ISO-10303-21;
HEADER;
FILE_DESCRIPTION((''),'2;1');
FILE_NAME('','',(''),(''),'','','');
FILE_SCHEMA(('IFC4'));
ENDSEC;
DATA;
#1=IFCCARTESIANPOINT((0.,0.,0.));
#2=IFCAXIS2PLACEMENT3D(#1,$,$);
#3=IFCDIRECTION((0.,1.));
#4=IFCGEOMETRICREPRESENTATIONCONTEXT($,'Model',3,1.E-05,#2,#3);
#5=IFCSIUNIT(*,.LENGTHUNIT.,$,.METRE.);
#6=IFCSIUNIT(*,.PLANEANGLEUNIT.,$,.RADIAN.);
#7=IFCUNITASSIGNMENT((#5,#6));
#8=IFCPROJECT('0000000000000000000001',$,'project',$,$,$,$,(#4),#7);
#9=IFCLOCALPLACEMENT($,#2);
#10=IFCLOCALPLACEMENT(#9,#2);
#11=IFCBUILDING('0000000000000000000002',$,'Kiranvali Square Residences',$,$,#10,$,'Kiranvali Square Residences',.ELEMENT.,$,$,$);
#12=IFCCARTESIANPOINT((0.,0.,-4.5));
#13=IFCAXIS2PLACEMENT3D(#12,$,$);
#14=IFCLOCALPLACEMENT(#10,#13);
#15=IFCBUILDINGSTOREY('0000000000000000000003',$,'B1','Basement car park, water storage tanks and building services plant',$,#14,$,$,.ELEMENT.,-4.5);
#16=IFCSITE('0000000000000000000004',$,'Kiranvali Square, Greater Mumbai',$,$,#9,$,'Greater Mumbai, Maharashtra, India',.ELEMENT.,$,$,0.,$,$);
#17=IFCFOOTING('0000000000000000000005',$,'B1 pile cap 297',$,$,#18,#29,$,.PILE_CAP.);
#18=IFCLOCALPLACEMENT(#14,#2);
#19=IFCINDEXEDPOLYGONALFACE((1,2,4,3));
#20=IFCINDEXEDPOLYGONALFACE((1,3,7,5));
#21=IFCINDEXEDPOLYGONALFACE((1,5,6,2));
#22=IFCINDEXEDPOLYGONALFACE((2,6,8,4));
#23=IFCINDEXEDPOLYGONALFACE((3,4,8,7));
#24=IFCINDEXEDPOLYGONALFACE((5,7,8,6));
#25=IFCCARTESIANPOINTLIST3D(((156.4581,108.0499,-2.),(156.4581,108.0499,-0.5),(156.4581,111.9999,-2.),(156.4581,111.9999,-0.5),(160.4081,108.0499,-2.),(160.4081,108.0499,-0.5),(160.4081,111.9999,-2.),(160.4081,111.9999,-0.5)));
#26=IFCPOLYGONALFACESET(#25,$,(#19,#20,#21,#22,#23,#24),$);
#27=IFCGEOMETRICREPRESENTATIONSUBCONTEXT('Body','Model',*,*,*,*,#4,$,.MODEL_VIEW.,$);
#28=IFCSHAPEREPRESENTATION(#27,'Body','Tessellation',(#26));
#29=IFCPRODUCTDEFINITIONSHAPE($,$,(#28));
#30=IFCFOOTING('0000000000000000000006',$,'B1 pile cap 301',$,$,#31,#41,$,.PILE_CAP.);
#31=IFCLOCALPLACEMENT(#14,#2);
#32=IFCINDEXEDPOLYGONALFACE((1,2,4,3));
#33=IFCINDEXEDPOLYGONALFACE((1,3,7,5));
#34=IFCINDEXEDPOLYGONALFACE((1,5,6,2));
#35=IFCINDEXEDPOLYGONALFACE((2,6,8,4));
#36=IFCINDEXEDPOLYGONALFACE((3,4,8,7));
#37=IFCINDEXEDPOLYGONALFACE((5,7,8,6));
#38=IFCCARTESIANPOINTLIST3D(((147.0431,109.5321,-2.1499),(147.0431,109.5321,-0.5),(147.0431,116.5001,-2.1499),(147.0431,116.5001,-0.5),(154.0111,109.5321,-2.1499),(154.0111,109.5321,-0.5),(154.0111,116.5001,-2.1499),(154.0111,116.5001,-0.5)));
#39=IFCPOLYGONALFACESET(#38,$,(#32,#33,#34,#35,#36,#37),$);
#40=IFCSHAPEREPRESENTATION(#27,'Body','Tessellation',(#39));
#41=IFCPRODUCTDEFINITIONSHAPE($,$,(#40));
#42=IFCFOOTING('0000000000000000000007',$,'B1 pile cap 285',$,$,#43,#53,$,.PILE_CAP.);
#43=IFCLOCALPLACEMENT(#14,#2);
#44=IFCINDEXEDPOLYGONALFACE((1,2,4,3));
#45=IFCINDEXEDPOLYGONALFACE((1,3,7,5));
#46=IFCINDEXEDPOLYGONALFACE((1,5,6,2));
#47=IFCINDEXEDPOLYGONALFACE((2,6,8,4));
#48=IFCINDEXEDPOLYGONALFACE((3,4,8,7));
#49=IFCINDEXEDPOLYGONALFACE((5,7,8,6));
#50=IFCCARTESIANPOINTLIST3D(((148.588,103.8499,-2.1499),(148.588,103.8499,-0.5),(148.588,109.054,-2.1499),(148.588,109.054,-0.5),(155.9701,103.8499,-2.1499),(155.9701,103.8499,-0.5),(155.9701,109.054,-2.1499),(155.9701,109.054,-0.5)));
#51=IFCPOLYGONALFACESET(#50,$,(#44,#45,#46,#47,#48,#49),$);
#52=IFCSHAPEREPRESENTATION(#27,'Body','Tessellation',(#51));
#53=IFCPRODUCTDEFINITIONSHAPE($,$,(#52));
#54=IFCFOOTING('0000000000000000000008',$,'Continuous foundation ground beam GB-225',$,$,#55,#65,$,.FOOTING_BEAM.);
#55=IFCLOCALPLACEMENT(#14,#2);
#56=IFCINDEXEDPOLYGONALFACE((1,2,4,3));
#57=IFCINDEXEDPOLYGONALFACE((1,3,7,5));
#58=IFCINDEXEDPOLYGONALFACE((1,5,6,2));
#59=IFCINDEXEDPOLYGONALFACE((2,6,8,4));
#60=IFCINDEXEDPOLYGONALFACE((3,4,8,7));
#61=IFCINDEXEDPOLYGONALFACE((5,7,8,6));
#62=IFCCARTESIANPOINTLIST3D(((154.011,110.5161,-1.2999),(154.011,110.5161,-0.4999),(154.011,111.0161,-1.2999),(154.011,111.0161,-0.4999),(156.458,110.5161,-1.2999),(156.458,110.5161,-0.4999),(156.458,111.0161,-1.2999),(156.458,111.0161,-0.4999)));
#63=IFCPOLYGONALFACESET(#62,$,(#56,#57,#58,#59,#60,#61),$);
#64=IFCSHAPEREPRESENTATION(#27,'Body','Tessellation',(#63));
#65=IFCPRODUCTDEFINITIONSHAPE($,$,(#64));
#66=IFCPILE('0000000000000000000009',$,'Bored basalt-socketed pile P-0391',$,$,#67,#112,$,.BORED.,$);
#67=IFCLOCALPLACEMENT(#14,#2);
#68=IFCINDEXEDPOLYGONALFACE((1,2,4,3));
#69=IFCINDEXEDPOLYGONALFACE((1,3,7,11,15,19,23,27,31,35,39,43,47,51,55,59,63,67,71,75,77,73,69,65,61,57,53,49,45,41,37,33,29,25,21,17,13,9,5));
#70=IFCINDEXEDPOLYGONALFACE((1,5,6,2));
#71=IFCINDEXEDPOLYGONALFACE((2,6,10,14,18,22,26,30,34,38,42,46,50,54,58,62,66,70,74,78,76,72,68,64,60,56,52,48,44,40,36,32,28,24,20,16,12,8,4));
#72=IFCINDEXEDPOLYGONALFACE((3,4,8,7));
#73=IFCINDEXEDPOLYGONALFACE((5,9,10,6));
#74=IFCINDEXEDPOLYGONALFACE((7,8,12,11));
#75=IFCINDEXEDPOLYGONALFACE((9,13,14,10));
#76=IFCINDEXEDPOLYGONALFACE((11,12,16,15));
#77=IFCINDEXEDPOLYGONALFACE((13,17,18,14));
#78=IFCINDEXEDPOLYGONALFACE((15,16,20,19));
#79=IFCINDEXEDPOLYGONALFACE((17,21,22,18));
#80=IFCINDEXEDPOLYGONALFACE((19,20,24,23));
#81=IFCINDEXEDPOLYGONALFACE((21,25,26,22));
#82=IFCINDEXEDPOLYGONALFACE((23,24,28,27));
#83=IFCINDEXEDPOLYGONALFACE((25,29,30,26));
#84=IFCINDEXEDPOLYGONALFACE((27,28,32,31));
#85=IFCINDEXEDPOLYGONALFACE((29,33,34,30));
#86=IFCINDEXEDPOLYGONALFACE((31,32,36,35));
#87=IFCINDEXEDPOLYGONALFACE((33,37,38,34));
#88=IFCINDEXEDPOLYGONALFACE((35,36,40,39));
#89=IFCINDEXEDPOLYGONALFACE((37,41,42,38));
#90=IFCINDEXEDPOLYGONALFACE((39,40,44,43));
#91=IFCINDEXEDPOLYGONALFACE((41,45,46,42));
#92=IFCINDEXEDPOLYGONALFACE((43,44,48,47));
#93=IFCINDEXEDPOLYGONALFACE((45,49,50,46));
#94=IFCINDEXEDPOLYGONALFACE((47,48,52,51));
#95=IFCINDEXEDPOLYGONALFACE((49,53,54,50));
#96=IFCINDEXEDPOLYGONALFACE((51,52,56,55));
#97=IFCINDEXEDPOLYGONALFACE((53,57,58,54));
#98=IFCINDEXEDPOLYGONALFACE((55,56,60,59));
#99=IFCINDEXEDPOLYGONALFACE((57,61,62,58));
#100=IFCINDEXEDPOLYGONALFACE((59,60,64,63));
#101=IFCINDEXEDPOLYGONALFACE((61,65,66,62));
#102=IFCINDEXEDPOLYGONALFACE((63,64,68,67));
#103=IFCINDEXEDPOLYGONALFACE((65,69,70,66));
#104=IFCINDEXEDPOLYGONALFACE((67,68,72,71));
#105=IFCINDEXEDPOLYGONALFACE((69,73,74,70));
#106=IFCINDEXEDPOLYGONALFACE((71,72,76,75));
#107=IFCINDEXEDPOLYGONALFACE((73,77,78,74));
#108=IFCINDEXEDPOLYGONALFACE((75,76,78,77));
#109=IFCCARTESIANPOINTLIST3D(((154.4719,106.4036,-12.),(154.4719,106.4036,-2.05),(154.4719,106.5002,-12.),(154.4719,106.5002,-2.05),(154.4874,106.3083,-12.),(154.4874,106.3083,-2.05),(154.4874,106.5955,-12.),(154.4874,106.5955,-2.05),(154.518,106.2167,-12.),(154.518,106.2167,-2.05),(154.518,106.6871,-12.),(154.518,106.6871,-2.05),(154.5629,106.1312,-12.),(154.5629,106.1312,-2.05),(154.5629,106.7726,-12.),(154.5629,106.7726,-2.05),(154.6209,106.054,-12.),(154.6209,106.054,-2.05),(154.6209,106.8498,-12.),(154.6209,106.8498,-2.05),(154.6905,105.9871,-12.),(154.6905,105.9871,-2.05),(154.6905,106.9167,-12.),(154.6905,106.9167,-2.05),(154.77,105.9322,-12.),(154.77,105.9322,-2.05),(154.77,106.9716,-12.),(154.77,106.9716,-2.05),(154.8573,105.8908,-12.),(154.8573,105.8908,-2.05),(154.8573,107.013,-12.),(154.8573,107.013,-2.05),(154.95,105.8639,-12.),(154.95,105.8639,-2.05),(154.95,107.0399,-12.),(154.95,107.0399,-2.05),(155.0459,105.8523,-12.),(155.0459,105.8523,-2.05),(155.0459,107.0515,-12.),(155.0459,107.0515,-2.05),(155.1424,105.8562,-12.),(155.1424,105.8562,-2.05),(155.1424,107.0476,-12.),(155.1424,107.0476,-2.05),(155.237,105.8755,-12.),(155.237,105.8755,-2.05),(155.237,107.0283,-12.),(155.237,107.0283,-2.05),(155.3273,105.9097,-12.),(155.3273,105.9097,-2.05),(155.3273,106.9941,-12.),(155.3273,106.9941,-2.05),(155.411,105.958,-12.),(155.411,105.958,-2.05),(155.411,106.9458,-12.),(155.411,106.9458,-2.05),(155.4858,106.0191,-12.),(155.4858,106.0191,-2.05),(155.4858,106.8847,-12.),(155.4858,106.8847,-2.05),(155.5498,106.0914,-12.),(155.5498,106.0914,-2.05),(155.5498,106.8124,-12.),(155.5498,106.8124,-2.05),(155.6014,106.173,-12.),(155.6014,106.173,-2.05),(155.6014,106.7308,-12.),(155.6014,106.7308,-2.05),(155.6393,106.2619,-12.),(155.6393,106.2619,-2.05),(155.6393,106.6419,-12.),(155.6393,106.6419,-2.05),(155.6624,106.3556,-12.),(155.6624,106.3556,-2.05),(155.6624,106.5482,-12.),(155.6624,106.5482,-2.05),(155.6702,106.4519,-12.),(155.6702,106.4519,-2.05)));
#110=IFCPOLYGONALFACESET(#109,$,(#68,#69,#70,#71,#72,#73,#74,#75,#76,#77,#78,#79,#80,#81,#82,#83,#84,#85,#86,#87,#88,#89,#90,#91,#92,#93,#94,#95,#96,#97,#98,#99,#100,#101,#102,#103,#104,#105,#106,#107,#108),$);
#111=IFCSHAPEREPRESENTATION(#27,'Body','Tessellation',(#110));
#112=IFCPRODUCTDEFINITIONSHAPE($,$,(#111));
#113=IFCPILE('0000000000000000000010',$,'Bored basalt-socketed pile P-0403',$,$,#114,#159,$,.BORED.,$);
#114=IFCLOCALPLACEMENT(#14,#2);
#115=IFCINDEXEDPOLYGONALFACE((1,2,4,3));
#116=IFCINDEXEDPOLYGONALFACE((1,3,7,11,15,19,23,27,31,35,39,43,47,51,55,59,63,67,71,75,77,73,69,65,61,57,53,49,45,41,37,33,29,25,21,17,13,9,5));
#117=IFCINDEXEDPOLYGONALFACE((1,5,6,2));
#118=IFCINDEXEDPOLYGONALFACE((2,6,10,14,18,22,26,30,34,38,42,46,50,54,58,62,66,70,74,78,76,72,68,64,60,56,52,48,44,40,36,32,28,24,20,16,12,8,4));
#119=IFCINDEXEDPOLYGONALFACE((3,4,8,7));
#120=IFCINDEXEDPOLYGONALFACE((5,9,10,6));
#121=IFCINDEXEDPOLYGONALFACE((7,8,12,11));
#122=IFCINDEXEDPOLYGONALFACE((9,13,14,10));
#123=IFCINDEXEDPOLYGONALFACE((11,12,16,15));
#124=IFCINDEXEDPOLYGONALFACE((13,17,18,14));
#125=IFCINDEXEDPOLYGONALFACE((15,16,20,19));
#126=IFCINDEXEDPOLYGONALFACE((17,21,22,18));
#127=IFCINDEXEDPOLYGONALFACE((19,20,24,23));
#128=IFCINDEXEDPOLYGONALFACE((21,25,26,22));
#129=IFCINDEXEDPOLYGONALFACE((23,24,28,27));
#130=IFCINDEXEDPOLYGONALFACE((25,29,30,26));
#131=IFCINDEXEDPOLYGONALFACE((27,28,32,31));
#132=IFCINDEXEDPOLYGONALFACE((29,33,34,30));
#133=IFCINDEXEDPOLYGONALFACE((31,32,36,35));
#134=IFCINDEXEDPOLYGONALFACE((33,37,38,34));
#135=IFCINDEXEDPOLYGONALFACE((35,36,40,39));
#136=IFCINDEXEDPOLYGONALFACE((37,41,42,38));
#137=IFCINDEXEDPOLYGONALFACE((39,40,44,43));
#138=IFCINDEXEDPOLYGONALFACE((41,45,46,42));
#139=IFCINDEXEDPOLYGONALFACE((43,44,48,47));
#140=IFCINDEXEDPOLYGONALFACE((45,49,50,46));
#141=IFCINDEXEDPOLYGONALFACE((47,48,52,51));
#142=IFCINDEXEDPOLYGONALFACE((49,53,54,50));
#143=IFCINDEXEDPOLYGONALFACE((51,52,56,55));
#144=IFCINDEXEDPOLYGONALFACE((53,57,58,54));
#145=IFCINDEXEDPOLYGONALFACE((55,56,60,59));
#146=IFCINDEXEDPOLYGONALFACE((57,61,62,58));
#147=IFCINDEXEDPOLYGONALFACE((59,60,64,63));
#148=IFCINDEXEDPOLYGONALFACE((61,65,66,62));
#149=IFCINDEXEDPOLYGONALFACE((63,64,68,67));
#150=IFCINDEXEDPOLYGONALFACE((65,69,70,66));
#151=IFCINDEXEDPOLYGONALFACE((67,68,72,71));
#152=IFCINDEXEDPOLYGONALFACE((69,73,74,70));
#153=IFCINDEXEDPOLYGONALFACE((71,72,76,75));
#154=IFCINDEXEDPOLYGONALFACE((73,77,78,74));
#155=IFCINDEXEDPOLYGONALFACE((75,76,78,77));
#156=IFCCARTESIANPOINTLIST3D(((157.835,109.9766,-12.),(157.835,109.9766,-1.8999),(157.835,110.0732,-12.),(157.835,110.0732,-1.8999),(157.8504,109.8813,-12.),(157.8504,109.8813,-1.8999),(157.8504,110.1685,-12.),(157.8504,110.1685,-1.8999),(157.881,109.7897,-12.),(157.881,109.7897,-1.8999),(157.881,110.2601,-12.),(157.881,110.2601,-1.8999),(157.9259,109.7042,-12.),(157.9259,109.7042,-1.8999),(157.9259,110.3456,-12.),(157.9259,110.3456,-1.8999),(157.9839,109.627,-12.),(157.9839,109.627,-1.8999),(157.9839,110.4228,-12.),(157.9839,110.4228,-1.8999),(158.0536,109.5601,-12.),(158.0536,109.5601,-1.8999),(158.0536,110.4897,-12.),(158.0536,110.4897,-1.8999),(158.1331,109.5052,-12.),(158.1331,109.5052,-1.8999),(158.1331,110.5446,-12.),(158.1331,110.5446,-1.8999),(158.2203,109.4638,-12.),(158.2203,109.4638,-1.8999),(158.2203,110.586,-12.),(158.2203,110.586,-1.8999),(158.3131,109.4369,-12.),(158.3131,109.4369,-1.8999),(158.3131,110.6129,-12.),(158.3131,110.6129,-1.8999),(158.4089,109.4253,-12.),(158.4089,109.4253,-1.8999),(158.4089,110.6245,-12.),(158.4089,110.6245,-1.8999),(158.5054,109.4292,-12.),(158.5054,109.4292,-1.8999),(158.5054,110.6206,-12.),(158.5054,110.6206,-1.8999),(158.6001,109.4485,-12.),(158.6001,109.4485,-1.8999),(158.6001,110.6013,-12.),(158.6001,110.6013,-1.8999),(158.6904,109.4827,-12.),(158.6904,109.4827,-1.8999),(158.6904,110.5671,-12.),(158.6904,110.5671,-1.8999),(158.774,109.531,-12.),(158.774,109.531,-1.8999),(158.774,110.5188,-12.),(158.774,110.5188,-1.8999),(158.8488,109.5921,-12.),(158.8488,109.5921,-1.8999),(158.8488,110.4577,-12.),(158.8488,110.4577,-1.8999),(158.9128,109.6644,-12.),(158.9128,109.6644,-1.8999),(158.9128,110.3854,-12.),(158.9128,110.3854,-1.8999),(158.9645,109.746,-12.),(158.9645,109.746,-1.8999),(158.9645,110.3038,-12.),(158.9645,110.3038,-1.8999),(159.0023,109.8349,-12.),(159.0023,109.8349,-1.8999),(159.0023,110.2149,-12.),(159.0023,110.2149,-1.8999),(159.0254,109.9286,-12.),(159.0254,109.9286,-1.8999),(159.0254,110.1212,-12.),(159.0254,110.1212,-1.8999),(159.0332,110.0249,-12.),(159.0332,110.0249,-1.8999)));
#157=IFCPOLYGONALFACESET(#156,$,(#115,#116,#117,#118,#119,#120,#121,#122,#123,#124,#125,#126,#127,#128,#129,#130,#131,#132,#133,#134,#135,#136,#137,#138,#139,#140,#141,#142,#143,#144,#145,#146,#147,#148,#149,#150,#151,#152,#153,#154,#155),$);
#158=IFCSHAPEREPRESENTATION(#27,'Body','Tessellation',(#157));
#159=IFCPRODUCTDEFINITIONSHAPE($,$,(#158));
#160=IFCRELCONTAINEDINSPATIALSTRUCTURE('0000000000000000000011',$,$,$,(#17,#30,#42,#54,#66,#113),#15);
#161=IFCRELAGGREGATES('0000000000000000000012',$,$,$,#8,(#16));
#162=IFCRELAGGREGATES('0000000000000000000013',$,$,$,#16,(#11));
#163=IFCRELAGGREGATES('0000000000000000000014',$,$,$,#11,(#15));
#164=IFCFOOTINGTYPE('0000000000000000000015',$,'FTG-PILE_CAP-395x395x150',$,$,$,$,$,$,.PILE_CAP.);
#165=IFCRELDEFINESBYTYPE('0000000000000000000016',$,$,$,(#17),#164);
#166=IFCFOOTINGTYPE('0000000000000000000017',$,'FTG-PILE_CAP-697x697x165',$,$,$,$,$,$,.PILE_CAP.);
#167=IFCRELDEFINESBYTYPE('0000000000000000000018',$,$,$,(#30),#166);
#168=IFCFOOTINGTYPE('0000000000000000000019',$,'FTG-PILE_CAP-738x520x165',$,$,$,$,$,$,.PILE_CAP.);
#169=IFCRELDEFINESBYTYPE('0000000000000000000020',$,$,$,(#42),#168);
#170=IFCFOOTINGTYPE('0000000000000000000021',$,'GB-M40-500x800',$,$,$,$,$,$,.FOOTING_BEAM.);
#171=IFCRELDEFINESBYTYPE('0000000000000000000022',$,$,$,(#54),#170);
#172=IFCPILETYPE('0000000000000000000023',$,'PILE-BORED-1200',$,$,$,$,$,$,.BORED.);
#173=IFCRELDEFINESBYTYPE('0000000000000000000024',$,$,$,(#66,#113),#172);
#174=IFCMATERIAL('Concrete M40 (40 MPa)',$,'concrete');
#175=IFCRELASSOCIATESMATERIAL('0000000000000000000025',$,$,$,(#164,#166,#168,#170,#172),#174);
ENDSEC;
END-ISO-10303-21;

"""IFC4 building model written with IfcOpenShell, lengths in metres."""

from ifc_helpers import new_model, si_unit, direction, frame, origin, origin_2d, place, context, subcontext, project, spatial, rectangle, circle, extrude, material, material_profile, profile_set, type_object, element, save


model = new_model("IFC4")

# Units and contexts
model_context = context("Model", 3, precision=1e-05, world=origin(), true_north=direction((0.0, 1.0)))
body_context = subcontext(model_context, "Body", "Model", "MODEL_VIEW")
ifc_project = project(units=[si_unit("LENGTHUNIT", "METRE"), si_unit("PLANEANGLEUNIT", "RADIAN")], contexts=[model_context])

# Site, building, storey
site_placement = place(None, origin())
site = spatial("IfcSite", under=ifc_project, at=site_placement, Name="Kiranvali Square, Greater Mumbai", LongName="Greater Mumbai, Maharashtra, India", CompositionType="ELEMENT", RefElevation=0.0)
building_placement = place(site_placement, origin())
building = spatial("IfcBuilding", under=site, at=building_placement, Name="Kiranvali Square Residences", LongName="Kiranvali Square Residences", CompositionType="ELEMENT")
storey_placement = place(building_placement, frame((0.0, 0.0, -4.5)))
storey = spatial("IfcBuildingStorey", under=building, at=storey_placement, Name="B1", Description="Basement car park, water storage tanks and building services plant", CompositionType="ELEMENT", Elevation=-4.5)

# Footings
ifc_material_1 = material(Name="Concrete M40 (40 MPa)", Category="concrete")
footing_type_1 = type_object("IfcFootingType", Name="FTG-PILE_CAP-395x395x150", PredefinedType="PILE_CAP", material=ifc_material_1)
footing_1_placement = place(storey_placement, frame((158.4331, 110.0249, -2.0), z_axis=(0.0, 0.0, 1.0), x_axis=(1.0, 0.0, 0.0)))
element("IfcFooting", 1, at=footing_1_placement, inside=storey, type_object=footing_type_1, Name="B1 pile cap 297", PredefinedType="PILE_CAP", context=body_context, shape_type="SweptSolid", body=[
    extrude(rectangle(XDim=3.95, YDim=3.95, at=origin_2d()), origin(), (0.0, 0.0, 1.0), 1.5),
])
footing_type_2 = type_object("IfcFootingType", Name="FTG-PILE_CAP-697x697x165", PredefinedType="PILE_CAP", material=ifc_material_1)
footing_2_placement = place(storey_placement, frame((150.5271, 113.0161, -2.1499), z_axis=(0.0, 0.0, 1.0), x_axis=(1.0, 0.0, 0.0)))
element("IfcFooting", 2, at=footing_2_placement, inside=storey, type_object=footing_type_2, Name="B1 pile cap 301", PredefinedType="PILE_CAP", context=body_context, shape_type="SweptSolid", body=[
    extrude(rectangle(XDim=6.968, YDim=6.968, at=origin_2d()), origin(), (0.0, 0.0, 1.0), 1.6499),
])
footing_type_3 = type_object("IfcFootingType", Name="FTG-PILE_CAP-738x520x165", PredefinedType="PILE_CAP", material=ifc_material_1)
footing_3_placement = place(storey_placement, frame((152.2791, 106.4519, -2.1499), z_axis=(0.0, 0.0, 1.0), x_axis=(1.0, 0.0, 0.0)))
element("IfcFooting", 3, at=footing_3_placement, inside=storey, type_object=footing_type_3, Name="B1 pile cap 285", PredefinedType="PILE_CAP", context=body_context, shape_type="SweptSolid", body=[
    extrude(rectangle(XDim=7.3821, YDim=5.2041, at=origin_2d()), origin(), (0.0, 0.0, 1.0), 1.6499),
])
ifc_material_profile_1 = material_profile(ifc_material_1, rectangle(XDim=0.5, YDim=0.8, at=origin_2d()), Name="GB 500x800")
ifc_profile_set_1 = profile_set([ifc_material_profile_1], Name="Concrete M40 (40 MPa)")
footing_type_4 = type_object("IfcFootingType", Name="GB-M40-500x800", PredefinedType="FOOTING_BEAM", material=ifc_profile_set_1)
footing_4_placement = place(storey_placement, frame((154.011, 110.7661, -0.8999), z_axis=(1.0, 0.0, 0.0), x_axis=(0.0, 1.0, 0.0)))
element("IfcFooting", 4, at=footing_4_placement, inside=storey, type_object=footing_type_4, Name="Continuous foundation ground beam GB-225", PredefinedType="FOOTING_BEAM", context=body_context, shape_type="SweptSolid", body=[
    extrude(rectangle(XDim=0.5, YDim=0.8, at=origin_2d()), origin(), (0.0, 0.0, 1.0), 2.447),
])

# Piles
ifc_material_profile_2 = material_profile(ifc_material_1, circle(Radius=0.6001, at=origin_2d()), Name="BORED PILE 1200")
ifc_profile_set_2 = profile_set([ifc_material_profile_2], Name="Concrete M40 (40 MPa)")
pile_type = type_object("IfcPileType", Name="PILE-BORED-1200", PredefinedType="BORED", material=ifc_profile_set_2)
pile_1_placement = place(storey_placement, frame((155.0701, 106.4519, -2.05), z_axis=(0.0, 0.0, -1.0), x_axis=(1.0, 0.0, 0.0)))
element("IfcPile", 5, at=pile_1_placement, inside=storey, type_object=pile_type, Name="Bored basalt-socketed pile P-0391", PredefinedType="BORED", context=body_context, shape_type="SweptSolid", body=[
    extrude(circle(Radius=0.6001, at=origin_2d()), origin(), (0.0, 0.0, 1.0), 9.95),
])
pile_2_placement = place(storey_placement, frame((158.4331, 110.0249, -1.8999), z_axis=(0.0, 0.0, -1.0), x_axis=(1.0, 0.0, 0.0)))
element("IfcPile", 6, at=pile_2_placement, inside=storey, type_object=pile_type, Name="Bored basalt-socketed pile P-0403", PredefinedType="BORED", context=body_context, shape_type="SweptSolid", body=[
    extrude(circle(Radius=0.6001, at=origin_2d()), origin(), (0.0, 0.0, 1.0), 10.1001),
])

save(model, "model.ifc")
